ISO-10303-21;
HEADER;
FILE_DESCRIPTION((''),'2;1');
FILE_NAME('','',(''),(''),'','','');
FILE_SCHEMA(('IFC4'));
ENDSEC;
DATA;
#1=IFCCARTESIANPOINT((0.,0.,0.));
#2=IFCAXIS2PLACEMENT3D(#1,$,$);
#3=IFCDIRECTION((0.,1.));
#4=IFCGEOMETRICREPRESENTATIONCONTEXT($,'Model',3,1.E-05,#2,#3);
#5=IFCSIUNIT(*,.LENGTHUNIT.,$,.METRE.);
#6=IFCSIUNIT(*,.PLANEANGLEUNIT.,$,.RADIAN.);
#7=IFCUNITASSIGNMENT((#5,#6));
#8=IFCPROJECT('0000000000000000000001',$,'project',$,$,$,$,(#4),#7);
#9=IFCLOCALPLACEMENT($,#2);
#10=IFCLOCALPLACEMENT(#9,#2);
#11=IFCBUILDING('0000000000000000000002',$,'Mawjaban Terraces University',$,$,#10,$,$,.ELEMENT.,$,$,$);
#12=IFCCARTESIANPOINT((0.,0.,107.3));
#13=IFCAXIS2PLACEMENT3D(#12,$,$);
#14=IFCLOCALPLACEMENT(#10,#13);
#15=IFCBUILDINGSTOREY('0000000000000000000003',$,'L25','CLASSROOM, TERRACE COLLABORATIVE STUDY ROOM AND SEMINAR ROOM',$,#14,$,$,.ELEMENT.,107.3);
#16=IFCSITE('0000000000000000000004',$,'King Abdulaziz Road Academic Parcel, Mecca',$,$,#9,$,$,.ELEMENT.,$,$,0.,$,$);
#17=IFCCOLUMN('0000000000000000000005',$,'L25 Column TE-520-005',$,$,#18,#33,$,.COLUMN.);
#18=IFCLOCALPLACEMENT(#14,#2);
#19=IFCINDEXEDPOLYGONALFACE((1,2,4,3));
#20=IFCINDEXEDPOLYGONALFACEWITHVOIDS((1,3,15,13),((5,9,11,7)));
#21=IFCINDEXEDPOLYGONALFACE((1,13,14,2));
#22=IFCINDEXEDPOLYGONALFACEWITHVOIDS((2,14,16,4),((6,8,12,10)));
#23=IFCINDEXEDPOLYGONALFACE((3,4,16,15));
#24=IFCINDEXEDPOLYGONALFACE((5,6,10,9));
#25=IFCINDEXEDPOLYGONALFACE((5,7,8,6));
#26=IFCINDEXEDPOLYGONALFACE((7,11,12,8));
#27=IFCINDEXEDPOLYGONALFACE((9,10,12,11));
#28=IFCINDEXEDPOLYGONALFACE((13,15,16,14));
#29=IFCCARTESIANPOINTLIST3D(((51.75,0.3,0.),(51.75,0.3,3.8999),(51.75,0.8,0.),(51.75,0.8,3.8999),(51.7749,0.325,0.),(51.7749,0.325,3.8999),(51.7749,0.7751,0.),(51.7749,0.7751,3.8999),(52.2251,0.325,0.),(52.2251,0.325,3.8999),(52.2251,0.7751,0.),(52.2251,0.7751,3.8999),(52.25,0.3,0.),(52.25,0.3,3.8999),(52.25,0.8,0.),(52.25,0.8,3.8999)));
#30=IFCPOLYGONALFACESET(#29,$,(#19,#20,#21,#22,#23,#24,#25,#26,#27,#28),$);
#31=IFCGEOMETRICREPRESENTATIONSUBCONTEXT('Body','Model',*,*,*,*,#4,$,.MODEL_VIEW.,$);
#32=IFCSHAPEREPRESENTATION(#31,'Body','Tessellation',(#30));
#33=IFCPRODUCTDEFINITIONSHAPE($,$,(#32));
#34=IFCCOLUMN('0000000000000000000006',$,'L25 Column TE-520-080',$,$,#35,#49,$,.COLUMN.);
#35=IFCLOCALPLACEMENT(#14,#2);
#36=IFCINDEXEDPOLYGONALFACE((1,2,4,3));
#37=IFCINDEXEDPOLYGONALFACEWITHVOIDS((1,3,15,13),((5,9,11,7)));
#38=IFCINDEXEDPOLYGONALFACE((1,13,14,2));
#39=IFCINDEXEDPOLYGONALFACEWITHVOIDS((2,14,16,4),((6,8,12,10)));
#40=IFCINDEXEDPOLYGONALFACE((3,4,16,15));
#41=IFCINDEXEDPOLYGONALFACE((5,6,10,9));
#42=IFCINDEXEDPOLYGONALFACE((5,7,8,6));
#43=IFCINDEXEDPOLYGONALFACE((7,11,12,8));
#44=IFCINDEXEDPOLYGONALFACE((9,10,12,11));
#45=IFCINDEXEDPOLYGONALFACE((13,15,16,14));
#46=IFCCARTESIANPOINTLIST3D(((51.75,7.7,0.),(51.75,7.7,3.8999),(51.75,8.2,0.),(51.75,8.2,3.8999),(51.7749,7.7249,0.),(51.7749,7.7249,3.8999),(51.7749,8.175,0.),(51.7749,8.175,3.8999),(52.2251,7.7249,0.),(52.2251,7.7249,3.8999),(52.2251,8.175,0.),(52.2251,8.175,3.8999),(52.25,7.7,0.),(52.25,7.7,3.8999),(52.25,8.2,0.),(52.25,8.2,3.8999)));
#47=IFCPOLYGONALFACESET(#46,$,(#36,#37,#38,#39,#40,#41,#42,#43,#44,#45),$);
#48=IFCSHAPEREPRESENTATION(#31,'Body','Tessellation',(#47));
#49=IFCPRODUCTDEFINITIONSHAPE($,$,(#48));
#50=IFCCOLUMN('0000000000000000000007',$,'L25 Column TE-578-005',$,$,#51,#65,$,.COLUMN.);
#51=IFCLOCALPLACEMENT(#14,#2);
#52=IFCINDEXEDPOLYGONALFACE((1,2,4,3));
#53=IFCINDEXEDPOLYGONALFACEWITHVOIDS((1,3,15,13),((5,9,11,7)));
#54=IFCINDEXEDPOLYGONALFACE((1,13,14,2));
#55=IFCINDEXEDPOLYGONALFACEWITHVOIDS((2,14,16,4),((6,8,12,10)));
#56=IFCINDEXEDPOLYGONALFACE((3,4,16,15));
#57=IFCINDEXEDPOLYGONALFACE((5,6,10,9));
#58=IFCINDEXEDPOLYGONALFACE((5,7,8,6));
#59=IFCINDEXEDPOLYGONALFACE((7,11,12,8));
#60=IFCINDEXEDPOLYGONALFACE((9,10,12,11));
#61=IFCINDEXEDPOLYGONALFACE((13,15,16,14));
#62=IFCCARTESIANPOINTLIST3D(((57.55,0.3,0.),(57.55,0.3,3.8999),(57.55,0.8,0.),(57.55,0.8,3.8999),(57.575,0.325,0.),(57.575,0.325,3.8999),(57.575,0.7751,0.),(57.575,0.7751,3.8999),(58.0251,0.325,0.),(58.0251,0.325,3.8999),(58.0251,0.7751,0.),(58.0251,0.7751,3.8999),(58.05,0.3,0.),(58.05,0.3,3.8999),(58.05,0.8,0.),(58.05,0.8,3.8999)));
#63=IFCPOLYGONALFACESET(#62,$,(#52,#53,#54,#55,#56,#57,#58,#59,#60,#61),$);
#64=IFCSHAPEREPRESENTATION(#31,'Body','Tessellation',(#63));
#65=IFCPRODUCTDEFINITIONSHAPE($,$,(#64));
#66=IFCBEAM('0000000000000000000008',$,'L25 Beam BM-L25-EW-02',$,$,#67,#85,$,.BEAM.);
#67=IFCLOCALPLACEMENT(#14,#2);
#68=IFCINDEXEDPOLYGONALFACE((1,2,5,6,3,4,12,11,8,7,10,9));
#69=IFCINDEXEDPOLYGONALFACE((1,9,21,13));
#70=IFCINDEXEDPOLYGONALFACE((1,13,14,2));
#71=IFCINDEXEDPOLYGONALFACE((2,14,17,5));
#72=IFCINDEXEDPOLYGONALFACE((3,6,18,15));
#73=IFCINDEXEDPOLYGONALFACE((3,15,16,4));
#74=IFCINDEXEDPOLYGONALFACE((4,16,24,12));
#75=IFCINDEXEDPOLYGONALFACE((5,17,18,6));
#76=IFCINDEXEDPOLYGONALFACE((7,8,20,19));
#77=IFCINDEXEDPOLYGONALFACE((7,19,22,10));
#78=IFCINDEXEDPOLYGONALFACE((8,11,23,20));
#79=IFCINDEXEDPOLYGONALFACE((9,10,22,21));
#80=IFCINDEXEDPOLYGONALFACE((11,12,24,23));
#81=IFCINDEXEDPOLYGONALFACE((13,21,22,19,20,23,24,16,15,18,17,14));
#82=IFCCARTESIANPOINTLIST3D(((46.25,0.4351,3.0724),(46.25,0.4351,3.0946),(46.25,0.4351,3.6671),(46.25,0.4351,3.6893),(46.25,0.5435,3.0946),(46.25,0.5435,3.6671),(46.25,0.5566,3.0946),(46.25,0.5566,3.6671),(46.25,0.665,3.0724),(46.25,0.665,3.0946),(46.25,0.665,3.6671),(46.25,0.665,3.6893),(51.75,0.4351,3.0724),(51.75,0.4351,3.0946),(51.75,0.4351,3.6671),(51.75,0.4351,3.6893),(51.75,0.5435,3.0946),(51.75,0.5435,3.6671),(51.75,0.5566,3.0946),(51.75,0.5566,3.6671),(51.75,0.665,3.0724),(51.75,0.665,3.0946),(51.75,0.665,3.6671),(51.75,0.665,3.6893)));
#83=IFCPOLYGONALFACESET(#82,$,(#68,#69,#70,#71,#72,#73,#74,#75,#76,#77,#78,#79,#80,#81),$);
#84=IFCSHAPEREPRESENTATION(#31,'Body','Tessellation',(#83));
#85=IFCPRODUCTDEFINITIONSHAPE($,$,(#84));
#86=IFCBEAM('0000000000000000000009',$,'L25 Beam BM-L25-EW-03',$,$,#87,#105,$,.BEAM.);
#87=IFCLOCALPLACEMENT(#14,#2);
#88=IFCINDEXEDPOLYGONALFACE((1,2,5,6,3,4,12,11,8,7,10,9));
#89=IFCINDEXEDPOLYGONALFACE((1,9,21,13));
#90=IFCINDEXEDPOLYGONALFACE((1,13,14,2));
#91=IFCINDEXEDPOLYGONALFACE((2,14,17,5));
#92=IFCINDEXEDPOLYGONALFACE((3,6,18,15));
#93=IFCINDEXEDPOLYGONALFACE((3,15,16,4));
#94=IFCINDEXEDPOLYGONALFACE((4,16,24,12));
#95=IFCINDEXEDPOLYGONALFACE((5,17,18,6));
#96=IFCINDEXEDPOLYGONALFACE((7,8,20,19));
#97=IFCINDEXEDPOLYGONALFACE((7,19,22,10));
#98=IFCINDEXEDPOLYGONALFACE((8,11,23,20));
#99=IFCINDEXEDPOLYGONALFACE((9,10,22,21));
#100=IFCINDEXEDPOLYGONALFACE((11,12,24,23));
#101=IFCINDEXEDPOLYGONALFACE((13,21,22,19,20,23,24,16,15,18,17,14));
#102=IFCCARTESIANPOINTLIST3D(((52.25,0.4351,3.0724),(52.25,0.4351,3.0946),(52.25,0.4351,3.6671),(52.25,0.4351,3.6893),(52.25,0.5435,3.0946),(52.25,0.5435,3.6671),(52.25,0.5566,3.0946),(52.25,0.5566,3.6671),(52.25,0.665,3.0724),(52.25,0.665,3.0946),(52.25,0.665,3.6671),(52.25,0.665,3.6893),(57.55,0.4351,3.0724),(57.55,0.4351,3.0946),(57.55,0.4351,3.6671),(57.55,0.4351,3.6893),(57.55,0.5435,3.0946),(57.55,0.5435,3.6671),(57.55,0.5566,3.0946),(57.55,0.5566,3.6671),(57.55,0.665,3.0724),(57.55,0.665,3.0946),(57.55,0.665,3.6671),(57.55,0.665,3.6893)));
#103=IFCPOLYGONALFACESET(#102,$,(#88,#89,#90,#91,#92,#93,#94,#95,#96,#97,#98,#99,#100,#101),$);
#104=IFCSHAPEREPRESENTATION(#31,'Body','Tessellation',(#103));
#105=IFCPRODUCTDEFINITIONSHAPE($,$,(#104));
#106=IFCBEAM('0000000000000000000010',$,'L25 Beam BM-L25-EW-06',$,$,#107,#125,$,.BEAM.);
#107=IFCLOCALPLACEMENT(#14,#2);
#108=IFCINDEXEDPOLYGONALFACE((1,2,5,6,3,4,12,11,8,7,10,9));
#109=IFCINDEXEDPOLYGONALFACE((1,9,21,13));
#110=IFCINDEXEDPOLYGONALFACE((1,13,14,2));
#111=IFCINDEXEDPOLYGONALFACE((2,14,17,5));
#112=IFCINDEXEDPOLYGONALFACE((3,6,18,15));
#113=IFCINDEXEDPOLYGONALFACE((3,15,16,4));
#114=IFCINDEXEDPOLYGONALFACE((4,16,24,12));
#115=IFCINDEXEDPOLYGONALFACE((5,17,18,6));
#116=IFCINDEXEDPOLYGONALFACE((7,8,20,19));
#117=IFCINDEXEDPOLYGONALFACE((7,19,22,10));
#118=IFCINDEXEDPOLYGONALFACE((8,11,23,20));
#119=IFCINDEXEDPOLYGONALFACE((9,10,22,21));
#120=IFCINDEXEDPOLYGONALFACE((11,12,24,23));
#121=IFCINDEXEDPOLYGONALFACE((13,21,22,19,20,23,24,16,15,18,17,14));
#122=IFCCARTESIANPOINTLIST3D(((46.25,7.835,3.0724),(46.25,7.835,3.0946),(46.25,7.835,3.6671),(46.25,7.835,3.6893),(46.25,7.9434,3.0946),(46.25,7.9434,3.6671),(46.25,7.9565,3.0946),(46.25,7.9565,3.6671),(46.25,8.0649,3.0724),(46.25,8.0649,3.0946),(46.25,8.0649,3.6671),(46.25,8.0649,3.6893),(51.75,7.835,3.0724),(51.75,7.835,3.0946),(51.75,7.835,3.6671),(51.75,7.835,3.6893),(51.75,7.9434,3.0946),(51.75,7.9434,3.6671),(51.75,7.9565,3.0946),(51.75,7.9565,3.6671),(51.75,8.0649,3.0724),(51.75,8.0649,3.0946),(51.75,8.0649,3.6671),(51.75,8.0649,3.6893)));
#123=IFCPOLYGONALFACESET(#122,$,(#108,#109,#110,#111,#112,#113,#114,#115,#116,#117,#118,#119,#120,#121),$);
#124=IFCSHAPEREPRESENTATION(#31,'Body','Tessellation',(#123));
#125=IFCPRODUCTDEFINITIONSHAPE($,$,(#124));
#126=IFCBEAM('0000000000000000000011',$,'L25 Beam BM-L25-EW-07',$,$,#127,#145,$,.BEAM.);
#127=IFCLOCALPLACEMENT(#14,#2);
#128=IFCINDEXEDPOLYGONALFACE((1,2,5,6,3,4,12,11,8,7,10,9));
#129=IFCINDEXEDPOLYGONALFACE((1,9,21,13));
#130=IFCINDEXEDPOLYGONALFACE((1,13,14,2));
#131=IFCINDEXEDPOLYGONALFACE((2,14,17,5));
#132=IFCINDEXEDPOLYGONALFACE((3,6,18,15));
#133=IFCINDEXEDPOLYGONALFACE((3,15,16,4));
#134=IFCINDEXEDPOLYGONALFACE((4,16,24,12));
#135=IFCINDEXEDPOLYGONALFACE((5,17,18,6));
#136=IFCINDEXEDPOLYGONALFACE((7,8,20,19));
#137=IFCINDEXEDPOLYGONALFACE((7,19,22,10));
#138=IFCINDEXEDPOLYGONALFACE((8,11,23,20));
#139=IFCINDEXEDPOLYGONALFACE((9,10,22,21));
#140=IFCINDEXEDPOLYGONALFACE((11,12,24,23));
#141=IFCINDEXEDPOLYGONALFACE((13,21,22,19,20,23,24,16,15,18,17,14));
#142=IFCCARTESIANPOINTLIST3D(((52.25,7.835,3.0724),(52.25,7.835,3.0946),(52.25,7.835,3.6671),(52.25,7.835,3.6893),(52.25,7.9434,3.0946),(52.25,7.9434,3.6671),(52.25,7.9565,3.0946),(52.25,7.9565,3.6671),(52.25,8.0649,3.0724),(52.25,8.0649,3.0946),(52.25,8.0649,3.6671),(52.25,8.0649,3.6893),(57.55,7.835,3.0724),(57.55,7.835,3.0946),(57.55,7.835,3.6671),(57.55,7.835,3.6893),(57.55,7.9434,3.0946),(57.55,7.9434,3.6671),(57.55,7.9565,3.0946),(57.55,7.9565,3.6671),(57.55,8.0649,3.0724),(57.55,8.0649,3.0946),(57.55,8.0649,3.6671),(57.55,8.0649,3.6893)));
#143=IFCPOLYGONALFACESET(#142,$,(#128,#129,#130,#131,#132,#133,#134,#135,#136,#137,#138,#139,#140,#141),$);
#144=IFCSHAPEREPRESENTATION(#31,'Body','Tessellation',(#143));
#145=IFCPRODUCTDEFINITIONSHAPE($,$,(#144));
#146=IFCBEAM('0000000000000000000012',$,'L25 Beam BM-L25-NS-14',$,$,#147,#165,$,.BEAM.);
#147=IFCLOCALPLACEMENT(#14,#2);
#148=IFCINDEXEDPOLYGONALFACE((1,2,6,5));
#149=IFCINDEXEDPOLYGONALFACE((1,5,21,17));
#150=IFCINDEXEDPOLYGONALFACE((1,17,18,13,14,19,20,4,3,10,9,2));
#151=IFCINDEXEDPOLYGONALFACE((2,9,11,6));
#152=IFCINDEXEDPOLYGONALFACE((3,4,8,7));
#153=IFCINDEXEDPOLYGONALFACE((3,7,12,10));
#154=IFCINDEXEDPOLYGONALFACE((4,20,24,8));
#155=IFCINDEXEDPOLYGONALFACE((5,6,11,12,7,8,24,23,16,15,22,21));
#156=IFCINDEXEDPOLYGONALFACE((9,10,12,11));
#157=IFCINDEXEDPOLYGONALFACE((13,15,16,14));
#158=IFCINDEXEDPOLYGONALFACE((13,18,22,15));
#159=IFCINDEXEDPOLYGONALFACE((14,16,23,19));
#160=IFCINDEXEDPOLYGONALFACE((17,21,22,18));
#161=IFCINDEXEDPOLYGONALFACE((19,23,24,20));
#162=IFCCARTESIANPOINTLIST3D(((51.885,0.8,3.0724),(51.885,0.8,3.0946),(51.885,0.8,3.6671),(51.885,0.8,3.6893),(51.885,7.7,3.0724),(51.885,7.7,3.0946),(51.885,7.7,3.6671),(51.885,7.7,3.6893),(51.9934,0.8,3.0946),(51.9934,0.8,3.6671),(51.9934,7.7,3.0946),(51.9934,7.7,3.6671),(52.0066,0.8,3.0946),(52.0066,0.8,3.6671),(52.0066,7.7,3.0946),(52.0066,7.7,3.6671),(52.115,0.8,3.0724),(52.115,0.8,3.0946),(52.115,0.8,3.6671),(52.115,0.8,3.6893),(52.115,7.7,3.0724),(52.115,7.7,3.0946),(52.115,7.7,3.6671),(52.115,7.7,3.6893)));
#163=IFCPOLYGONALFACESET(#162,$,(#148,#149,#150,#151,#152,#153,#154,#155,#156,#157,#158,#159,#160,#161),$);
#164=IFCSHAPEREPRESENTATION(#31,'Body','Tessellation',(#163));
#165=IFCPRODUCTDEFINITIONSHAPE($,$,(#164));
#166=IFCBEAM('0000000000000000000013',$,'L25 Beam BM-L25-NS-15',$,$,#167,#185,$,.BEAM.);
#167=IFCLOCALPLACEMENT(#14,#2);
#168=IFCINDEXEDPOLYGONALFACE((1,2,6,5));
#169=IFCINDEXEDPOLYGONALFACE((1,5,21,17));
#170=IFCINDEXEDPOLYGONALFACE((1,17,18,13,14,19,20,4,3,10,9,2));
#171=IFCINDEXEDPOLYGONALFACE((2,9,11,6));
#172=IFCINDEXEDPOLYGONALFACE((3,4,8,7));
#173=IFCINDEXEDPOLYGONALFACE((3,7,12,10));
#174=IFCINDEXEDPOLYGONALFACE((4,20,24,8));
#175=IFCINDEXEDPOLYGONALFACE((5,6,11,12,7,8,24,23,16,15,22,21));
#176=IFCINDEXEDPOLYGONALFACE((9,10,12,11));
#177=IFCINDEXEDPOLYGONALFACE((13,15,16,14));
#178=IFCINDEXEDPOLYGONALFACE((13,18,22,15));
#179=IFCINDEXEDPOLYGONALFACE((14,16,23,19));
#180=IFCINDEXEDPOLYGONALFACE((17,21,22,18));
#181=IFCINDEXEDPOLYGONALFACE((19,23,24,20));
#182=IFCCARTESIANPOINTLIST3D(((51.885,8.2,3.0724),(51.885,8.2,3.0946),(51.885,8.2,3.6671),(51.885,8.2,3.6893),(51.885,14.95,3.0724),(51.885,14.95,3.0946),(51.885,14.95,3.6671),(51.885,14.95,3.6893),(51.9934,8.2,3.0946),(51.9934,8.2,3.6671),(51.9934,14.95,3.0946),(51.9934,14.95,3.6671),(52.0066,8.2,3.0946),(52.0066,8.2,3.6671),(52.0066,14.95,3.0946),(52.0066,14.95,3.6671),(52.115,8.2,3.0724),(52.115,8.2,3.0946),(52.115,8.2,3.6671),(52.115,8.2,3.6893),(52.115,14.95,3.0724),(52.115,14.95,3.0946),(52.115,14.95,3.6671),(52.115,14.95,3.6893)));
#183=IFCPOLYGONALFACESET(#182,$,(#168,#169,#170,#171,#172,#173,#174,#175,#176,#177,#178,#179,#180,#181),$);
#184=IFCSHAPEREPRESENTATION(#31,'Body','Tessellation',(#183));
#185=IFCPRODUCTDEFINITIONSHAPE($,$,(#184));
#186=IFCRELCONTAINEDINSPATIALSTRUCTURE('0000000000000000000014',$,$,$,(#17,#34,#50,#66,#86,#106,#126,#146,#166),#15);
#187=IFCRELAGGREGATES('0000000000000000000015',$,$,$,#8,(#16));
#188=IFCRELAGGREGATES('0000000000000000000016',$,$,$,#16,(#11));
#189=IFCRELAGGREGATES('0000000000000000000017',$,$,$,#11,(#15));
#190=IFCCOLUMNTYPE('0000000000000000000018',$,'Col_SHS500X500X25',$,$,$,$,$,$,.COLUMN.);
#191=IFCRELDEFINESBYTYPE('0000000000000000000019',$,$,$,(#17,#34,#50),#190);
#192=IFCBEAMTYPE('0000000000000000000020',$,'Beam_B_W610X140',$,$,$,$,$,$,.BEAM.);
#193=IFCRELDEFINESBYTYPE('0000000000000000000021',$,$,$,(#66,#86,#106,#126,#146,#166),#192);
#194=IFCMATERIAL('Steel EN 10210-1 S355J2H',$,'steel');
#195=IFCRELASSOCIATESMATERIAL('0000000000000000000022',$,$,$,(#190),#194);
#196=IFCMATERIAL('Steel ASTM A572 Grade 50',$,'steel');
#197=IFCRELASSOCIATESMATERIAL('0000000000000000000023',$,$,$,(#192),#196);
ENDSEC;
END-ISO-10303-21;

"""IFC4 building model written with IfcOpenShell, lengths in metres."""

from ifc_helpers import new_model, si_unit, direction, frame, origin, origin_2d, place, context, subcontext, project, spatial, hollow_rectangle, i_section, extrude, material, material_profile, profile_set, type_object, element, save


model = new_model("IFC4")

# Units and contexts
model_context = context("Model", 3, precision=1e-05, world=origin(), true_north=direction((0.0, 1.0)))
body_context = subcontext(model_context, "Body", "Model", "MODEL_VIEW")
ifc_project = project(units=[si_unit("LENGTHUNIT", "METRE"), si_unit("PLANEANGLEUNIT", "RADIAN")], contexts=[model_context])

# Site, building, storey
site_placement = place(None, origin())
site = spatial("IfcSite", under=ifc_project, at=site_placement, Name="King Abdulaziz Road Academic Parcel, Mecca", CompositionType="ELEMENT", RefElevation=0.0)
building_placement = place(site_placement, origin())
building = spatial("IfcBuilding", under=site, at=building_placement, Name="Mawjaban Terraces University", CompositionType="ELEMENT")
storey_placement = place(building_placement, frame((0.0, 0.0, 107.3)))
storey = spatial("IfcBuildingStorey", under=building, at=storey_placement, Name="L25", Description="CLASSROOM, TERRACE COLLABORATIVE STUDY ROOM AND SEMINAR ROOM", CompositionType="ELEMENT", Elevation=107.3)

# Columns
ifc_material_1 = material(Name="Steel EN 10210-1 S355J2H", Category="steel")
ifc_material_profile_1 = material_profile(ifc_material_1, hollow_rectangle(XDim=0.5, YDim=0.5, WallThickness=0.0249, at=origin_2d()), Name="SHS500X500X25")
ifc_profile_set_1 = profile_set([ifc_material_profile_1], Name="Steel EN 10210-1 S355J2H")
column_type = type_object("IfcColumnType", Name="Col_SHS500X500X25", PredefinedType="COLUMN", material=ifc_profile_set_1)
for number, where, z_axis, x_axis, name in (
    (1, (52.0, 0.55, 0.0), (0.0, 0.0, 1.0), (1.0, 0.0, 0.0), "L25 Column TE-520-005"),
    (2, (52.0, 7.95, 0.0), (0.0, 0.0, 1.0), (1.0, 0.0, 0.0), "L25 Column TE-520-080"),
    (3, (57.8, 0.55, 0.0), (0.0, 0.0, 1.0), (1.0, 0.0, 0.0), "L25 Column TE-578-005"),
):
    element("IfcColumn", number, at=place(storey_placement, frame(where, z_axis=z_axis, x_axis=x_axis)), inside=storey, type_object=column_type, Name=name, PredefinedType="COLUMN", context=body_context, shape_type="SweptSolid", body=[
        extrude(hollow_rectangle(XDim=0.5, YDim=0.5, WallThickness=0.0249, at=origin_2d()), origin(), (0.0, 0.0, 1.0), 3.8999),
    ])

# Beams
ifc_material_2 = material(Name="Steel ASTM A572 Grade 50", Category="steel")
ifc_material_profile_2 = material_profile(ifc_material_2, i_section(OverallWidth=0.23, OverallDepth=0.6169, WebThickness=0.0132, FlangeThickness=0.0222, at=origin_2d()), Name="W610X140")
ifc_profile_set_2 = profile_set([ifc_material_profile_2], Name="Steel ASTM A572 Grade 50")
beam_type_1 = type_object("IfcBeamType", Name="Beam_B_W610X140", PredefinedType="BEAM", material=ifc_profile_set_2)
beam_1_placement = place(storey_placement, frame((46.25, 0.55, 3.3809), z_axis=(1.0, 0.0, 0.0), x_axis=(0.0, 1.0, 0.0)))
element("IfcBeam", 4, at=beam_1_placement, inside=storey, type_object=beam_type_1, Name="L25 Beam BM-L25-EW-02", PredefinedType="BEAM", context=body_context, shape_type="SweptSolid", body=[
    extrude(i_section(OverallWidth=0.23, OverallDepth=0.6169, WebThickness=0.0132, FlangeThickness=0.0222, at=origin_2d()), origin(), (0.0, 0.0, 1.0), 5.5),
])
beam_2_placement = place(storey_placement, frame((52.25, 0.55, 3.3809), z_axis=(1.0, 0.0, 0.0), x_axis=(0.0, 1.0, 0.0)))
element("IfcBeam", 5, at=beam_2_placement, inside=storey, type_object=beam_type_1, Name="L25 Beam BM-L25-EW-03", PredefinedType="BEAM", context=body_context, shape_type="SweptSolid", body=[
    extrude(i_section(OverallWidth=0.23, OverallDepth=0.6169, WebThickness=0.0132, FlangeThickness=0.0222, at=origin_2d()), origin(), (0.0, 0.0, 1.0), 5.3),
])
beam_3_placement = place(storey_placement, frame((46.25, 7.95, 3.3809), z_axis=(1.0, 0.0, 0.0), x_axis=(0.0, 1.0, 0.0)))
element("IfcBeam", 6, at=beam_3_placement, inside=storey, type_object=beam_type_1, Name="L25 Beam BM-L25-EW-06", PredefinedType="BEAM", context=body_context, shape_type="SweptSolid", body=[
    extrude(i_section(OverallWidth=0.23, OverallDepth=0.6169, WebThickness=0.0132, FlangeThickness=0.0222, at=origin_2d()), origin(), (0.0, 0.0, 1.0), 5.5),
])
beam_4_placement = place(storey_placement, frame((52.25, 7.95, 3.3809), z_axis=(1.0, 0.0, 0.0), x_axis=(0.0, 1.0, 0.0)))
element("IfcBeam", 7, at=beam_4_placement, inside=storey, type_object=beam_type_1, Name="L25 Beam BM-L25-EW-07", PredefinedType="BEAM", context=body_context, shape_type="SweptSolid", body=[
    extrude(i_section(OverallWidth=0.23, OverallDepth=0.6169, WebThickness=0.0132, FlangeThickness=0.0222, at=origin_2d()), origin(), (0.0, 0.0, 1.0), 5.3),
])
beam_5_placement = place(storey_placement, frame((52.0, 0.8, 3.3809), z_axis=(0.0, 1.0, 0.0), x_axis=(-1.0, 0.0, 0.0)))
element("IfcBeam", 8, at=beam_5_placement, inside=storey, type_object=beam_type_1, Name="L25 Beam BM-L25-NS-14", PredefinedType="BEAM", context=body_context, shape_type="SweptSolid", body=[
    extrude(i_section(OverallWidth=0.23, OverallDepth=0.6169, WebThickness=0.0132, FlangeThickness=0.0222, at=origin_2d()), origin(), (0.0, 0.0, 1.0), 6.8999),
])
beam_6_placement = place(storey_placement, frame((52.0, 8.2, 3.3809), z_axis=(0.0, 1.0, 0.0), x_axis=(-1.0, 0.0, 0.0)))
element("IfcBeam", 9, at=beam_6_placement, inside=storey, type_object=beam_type_1, Name="L25 Beam BM-L25-NS-15", PredefinedType="BEAM", context=body_context, shape_type="SweptSolid", body=[
    extrude(i_section(OverallWidth=0.23, OverallDepth=0.6169, WebThickness=0.0132, FlangeThickness=0.0222, at=origin_2d()), origin(), (0.0, 0.0, 1.0), 6.75),
])

save(model, "model.ifc")
